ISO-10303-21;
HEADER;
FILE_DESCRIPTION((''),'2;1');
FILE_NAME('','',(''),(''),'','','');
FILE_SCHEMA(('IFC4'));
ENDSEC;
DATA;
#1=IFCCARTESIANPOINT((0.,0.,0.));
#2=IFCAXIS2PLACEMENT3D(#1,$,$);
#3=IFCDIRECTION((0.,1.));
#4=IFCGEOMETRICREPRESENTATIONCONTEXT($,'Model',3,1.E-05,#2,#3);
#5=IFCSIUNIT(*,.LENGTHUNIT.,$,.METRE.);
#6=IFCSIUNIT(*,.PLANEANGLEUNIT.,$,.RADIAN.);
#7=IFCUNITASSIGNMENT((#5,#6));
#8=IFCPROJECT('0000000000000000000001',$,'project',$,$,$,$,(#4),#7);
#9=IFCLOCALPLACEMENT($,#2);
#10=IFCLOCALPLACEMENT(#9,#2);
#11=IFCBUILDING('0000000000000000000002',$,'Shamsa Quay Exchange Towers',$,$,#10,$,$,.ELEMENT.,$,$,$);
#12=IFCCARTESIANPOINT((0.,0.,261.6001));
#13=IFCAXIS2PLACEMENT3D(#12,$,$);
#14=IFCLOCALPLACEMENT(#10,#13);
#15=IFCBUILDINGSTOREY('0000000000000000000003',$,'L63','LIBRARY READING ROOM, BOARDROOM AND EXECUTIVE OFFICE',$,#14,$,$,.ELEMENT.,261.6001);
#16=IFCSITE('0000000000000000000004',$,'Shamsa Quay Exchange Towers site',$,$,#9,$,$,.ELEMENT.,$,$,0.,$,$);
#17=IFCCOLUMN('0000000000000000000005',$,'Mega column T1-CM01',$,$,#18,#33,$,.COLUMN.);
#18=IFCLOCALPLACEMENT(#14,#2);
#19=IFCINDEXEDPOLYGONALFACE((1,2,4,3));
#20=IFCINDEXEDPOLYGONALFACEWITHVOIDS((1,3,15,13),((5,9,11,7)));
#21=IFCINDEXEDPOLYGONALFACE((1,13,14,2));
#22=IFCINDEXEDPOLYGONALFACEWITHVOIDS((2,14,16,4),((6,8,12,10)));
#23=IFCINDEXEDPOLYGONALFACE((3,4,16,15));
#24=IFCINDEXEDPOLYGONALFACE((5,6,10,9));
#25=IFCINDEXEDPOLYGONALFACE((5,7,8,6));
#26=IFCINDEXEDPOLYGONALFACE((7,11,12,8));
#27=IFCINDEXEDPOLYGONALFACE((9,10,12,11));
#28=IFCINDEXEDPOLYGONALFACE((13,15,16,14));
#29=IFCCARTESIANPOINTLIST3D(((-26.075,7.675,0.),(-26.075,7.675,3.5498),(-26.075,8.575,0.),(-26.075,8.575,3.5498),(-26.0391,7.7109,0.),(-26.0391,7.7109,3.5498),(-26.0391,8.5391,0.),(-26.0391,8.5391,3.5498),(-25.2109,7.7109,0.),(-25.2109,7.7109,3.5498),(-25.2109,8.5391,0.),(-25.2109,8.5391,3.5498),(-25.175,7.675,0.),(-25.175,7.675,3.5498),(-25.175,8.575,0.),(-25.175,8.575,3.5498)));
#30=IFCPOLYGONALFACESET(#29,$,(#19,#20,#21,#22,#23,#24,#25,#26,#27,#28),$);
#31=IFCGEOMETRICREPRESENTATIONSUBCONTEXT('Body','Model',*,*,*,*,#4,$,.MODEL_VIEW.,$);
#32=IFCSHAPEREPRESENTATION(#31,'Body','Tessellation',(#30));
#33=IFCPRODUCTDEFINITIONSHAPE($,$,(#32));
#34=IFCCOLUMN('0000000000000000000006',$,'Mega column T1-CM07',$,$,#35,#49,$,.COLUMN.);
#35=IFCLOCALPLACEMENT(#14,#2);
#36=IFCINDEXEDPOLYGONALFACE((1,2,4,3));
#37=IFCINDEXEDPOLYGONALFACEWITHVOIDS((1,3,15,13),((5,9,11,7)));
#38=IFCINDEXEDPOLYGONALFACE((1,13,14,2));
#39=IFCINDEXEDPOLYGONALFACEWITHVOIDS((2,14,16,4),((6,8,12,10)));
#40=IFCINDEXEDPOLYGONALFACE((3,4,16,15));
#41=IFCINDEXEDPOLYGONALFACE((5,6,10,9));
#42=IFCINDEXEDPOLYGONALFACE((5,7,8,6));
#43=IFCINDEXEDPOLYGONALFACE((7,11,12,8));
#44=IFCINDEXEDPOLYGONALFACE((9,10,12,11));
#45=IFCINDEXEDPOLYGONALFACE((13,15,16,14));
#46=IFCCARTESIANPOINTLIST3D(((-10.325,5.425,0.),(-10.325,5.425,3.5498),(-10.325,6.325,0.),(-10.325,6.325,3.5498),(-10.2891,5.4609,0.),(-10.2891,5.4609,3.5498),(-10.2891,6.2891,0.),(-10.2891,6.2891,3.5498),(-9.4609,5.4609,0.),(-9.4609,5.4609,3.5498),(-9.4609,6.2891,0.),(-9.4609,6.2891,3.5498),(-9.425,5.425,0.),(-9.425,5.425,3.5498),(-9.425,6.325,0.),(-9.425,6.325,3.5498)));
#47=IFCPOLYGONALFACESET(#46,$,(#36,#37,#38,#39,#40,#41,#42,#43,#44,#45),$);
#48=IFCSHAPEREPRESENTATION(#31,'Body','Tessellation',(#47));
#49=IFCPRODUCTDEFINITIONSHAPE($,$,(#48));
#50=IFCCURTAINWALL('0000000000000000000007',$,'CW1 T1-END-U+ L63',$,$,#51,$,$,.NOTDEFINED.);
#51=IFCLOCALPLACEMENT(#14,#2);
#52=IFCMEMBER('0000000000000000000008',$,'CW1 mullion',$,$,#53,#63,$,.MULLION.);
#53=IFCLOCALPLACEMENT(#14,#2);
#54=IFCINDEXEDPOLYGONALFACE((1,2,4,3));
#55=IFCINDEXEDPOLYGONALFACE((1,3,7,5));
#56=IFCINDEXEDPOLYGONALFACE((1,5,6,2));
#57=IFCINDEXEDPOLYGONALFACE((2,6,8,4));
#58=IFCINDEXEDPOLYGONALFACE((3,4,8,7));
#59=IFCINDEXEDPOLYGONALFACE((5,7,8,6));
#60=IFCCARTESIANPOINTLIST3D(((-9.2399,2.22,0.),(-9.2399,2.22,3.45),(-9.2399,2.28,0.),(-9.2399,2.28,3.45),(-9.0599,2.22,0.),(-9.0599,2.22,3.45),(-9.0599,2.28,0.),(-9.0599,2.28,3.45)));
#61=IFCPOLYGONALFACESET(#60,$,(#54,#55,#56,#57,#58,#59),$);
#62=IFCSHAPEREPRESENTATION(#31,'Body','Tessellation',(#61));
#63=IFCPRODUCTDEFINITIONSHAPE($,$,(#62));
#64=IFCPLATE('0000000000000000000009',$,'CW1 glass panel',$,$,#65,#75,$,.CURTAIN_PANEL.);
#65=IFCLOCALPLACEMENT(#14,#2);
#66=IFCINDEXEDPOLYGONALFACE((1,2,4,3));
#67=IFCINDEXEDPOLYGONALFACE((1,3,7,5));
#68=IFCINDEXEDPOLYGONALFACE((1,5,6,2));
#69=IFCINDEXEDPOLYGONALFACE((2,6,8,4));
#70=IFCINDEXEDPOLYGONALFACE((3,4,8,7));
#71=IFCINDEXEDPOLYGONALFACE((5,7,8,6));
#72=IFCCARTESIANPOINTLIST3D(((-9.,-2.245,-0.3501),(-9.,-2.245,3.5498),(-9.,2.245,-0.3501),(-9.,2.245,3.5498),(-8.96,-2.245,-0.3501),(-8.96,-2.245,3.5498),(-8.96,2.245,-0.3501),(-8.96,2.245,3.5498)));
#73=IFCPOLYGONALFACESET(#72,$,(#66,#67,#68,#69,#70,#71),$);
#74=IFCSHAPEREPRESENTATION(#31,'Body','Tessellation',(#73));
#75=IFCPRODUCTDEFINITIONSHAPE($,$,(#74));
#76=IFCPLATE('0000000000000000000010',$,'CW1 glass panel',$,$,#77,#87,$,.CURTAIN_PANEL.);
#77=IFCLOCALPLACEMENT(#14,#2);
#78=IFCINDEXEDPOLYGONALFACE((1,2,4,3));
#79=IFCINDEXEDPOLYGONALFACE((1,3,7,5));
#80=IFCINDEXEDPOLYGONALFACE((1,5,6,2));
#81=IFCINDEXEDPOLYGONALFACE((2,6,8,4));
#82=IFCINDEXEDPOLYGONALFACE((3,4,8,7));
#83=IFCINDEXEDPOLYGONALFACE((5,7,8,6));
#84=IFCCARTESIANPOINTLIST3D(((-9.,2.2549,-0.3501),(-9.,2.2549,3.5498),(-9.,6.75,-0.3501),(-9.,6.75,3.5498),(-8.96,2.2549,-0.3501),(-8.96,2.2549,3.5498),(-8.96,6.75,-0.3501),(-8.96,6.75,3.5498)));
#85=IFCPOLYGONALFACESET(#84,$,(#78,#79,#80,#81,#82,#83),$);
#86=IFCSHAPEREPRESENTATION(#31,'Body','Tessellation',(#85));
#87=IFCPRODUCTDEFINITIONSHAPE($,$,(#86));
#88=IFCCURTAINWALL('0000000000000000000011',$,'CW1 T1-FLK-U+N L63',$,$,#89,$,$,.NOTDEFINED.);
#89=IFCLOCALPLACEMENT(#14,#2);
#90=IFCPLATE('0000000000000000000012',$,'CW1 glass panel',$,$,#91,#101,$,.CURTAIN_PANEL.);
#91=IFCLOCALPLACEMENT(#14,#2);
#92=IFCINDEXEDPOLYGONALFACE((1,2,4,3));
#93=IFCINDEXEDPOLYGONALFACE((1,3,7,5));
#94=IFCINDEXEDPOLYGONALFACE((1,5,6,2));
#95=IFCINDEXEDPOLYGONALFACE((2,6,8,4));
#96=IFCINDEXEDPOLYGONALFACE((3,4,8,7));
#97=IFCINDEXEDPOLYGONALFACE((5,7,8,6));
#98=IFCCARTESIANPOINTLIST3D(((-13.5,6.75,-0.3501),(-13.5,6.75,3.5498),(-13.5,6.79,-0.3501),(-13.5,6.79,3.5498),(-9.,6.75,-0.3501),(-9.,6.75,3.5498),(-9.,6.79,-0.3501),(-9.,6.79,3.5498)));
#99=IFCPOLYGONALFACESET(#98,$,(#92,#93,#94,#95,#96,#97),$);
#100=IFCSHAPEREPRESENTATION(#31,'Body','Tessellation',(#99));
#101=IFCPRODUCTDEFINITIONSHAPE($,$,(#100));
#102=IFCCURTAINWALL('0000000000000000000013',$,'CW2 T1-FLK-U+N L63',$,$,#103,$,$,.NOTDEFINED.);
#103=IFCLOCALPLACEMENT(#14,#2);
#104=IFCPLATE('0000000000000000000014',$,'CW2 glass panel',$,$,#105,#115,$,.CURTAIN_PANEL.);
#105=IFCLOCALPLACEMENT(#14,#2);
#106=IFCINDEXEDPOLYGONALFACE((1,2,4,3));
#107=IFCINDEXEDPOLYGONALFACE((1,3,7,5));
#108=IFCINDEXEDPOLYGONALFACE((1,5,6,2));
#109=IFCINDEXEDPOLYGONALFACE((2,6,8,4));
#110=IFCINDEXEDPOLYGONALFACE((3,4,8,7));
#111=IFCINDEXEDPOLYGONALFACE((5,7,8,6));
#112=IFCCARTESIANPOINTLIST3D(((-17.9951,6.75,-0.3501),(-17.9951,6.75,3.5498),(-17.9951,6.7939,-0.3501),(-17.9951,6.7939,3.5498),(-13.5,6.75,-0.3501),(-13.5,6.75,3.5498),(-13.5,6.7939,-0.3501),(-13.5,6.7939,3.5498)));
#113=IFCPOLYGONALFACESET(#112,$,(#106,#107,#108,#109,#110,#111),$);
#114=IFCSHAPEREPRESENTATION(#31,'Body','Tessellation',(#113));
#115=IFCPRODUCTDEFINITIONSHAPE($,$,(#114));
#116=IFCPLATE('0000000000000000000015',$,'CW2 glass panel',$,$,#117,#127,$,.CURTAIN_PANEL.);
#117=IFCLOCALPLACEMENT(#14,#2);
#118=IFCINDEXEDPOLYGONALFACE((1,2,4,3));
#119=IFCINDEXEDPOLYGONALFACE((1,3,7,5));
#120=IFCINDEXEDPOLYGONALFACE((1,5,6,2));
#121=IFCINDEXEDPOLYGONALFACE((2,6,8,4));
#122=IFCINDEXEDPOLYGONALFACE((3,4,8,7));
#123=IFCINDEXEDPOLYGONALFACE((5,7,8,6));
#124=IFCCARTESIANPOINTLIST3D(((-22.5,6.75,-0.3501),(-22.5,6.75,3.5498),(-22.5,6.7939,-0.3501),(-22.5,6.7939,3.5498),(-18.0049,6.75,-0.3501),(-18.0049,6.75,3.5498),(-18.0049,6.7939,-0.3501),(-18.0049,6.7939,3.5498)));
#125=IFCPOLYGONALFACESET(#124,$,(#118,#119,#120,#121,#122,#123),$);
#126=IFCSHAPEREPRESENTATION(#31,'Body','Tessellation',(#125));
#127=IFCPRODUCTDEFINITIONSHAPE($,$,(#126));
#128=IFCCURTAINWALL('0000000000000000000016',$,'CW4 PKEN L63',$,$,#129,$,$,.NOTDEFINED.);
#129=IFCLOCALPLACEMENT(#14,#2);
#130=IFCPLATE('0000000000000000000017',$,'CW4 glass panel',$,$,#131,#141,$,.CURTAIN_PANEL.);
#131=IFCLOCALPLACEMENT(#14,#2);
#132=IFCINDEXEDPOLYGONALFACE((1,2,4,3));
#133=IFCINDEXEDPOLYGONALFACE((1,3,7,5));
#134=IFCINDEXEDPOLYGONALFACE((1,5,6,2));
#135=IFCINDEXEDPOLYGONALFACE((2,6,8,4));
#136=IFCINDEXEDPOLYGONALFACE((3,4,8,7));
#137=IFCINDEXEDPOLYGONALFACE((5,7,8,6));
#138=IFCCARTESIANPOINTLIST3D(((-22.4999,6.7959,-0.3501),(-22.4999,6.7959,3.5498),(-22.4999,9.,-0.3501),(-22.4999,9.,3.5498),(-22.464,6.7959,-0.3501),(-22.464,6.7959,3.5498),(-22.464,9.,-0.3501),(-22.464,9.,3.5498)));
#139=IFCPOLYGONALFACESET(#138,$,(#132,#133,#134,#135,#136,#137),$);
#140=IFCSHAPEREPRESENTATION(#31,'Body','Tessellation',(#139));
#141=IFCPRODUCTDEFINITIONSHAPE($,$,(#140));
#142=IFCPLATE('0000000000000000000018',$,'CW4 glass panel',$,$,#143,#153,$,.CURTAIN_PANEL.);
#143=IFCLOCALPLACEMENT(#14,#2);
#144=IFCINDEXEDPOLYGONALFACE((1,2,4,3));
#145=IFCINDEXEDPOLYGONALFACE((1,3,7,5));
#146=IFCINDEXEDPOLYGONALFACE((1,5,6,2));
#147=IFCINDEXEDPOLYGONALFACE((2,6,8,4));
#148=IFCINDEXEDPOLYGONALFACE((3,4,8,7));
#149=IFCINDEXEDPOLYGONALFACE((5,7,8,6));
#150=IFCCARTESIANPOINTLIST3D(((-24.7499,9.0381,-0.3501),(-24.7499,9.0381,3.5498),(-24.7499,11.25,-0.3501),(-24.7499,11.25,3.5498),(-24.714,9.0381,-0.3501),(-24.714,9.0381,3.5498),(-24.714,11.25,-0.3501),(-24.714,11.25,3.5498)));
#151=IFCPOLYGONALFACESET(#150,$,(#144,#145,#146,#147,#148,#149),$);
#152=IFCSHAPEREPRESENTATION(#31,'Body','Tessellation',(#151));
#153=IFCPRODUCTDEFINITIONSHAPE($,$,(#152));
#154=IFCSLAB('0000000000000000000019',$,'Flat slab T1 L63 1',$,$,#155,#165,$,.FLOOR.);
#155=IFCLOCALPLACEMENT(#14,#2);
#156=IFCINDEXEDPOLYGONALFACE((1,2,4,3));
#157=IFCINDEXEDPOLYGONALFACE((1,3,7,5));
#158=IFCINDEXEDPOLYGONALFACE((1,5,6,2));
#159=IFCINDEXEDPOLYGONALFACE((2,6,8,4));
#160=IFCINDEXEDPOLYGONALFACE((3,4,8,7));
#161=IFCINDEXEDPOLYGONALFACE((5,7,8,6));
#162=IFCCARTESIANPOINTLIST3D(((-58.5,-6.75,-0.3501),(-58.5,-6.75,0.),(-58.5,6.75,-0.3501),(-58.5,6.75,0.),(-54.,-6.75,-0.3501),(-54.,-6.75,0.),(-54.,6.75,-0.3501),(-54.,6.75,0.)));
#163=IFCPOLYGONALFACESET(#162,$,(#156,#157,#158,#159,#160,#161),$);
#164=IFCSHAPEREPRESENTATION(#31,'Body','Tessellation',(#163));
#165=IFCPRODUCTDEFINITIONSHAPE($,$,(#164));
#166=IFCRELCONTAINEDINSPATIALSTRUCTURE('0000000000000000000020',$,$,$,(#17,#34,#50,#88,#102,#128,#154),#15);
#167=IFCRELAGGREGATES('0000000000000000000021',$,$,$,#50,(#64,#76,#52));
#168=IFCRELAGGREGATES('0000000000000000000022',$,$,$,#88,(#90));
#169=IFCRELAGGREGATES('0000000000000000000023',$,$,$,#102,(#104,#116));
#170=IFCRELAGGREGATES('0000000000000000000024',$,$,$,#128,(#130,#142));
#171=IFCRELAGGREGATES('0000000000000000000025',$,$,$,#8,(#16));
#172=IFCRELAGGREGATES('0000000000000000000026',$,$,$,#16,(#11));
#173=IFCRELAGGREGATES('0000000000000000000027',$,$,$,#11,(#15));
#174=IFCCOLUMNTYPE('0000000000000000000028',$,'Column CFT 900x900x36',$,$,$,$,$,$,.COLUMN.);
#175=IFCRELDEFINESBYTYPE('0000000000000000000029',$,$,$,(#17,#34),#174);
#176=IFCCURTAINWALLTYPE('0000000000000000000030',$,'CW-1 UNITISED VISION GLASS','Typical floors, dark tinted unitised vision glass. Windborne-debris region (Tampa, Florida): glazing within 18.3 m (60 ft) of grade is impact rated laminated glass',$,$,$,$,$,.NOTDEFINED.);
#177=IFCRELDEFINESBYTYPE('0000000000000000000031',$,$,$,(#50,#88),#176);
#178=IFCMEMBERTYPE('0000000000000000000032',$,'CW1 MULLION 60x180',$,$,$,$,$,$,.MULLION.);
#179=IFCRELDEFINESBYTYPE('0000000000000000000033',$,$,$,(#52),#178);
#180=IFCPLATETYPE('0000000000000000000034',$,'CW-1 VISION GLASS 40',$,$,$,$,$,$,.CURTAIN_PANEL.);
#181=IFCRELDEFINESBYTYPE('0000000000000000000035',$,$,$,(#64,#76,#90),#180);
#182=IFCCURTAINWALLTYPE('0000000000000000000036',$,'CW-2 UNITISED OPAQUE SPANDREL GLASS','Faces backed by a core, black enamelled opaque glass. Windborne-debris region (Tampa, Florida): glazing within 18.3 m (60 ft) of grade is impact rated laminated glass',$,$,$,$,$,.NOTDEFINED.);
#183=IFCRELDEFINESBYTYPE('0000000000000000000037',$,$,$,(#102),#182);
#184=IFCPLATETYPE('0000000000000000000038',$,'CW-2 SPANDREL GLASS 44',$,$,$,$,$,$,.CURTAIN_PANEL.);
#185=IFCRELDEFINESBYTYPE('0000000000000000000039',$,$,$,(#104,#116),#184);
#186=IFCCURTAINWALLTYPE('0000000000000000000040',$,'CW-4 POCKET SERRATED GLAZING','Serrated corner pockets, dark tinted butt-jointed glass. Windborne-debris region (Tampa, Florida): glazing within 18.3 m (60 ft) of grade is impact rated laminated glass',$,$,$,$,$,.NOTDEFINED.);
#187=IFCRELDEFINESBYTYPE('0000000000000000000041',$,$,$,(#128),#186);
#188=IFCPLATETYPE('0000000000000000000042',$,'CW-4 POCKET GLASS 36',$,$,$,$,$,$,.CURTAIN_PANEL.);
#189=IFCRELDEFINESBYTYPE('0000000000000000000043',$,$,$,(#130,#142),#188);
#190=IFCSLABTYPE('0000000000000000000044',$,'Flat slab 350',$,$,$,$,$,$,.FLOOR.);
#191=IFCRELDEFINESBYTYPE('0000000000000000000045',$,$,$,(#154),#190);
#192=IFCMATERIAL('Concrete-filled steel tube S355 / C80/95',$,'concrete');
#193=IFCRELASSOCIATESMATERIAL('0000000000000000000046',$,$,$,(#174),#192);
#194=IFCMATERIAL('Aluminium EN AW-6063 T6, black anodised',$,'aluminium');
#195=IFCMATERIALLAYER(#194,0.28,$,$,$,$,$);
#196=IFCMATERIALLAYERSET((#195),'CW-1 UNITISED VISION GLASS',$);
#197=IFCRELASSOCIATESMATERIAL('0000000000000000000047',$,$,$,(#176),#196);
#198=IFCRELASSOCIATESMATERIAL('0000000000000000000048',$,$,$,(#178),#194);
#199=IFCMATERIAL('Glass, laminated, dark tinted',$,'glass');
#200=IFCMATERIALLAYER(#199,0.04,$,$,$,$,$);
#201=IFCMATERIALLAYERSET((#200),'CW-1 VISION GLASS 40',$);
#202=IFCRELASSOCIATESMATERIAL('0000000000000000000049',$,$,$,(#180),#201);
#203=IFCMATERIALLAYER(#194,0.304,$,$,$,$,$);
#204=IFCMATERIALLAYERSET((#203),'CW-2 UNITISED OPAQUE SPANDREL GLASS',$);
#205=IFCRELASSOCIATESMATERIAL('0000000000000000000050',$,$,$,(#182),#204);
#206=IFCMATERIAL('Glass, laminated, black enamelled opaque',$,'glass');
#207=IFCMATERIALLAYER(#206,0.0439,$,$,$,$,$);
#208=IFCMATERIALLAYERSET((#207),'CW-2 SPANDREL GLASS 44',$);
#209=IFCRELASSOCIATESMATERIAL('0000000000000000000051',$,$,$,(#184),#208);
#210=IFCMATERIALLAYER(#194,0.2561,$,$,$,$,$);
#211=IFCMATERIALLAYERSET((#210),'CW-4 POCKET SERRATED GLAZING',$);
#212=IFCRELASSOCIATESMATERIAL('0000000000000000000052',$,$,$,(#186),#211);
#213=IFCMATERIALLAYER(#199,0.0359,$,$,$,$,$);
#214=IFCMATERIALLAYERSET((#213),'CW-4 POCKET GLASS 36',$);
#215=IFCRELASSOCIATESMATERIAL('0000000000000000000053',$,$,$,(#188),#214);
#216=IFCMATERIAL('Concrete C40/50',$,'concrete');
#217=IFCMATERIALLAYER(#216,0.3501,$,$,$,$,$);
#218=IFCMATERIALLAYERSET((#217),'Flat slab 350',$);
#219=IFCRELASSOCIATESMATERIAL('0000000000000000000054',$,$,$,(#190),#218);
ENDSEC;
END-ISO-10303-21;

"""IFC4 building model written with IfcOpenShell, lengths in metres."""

from ifc_helpers import new_model, si_unit, direction, frame, origin, origin_2d, place, context, subcontext, project, spatial, polyline, rectangle, hollow_rectangle, outline, extrude, material, layer, layer_set, material_profile, profile_set, type_object, element, aggregate, save


model = new_model("IFC4")

# Units and contexts
model_context = context("Model", 3, precision=1e-05, world=origin(), true_north=direction((0.0, 1.0)))
body_context = subcontext(model_context, "Body", "Model", "MODEL_VIEW")
ifc_project = project(units=[si_unit("LENGTHUNIT", "METRE"), si_unit("PLANEANGLEUNIT", "RADIAN")], contexts=[model_context])

# Site, building, storey
site_placement = place(None, origin())
site = spatial("IfcSite", under=ifc_project, at=site_placement, Name="Shamsa Quay Exchange Towers site", CompositionType="ELEMENT", RefElevation=0.0)
building_placement = place(site_placement, origin())
building = spatial("IfcBuilding", under=site, at=building_placement, Name="Shamsa Quay Exchange Towers", CompositionType="ELEMENT")
storey_placement = place(building_placement, frame((0.0, 0.0, 261.6001)))
storey = spatial("IfcBuildingStorey", under=building, at=storey_placement, Name="L63", Description="LIBRARY READING ROOM, BOARDROOM AND EXECUTIVE OFFICE", CompositionType="ELEMENT", Elevation=261.6001)

# Columns
ifc_material_1 = material(Name="Concrete-filled steel tube S355 / C80/95", Category="concrete")
ifc_material_profile_1 = material_profile(ifc_material_1, hollow_rectangle(XDim=0.8999, YDim=0.8999, WallThickness=0.0359, at=origin_2d()), Name="CFT 900x900x36")
ifc_profile_set_1 = profile_set([ifc_material_profile_1], Name="Concrete-filled steel tube S355 / C80/95")
column_type = type_object("IfcColumnType", Name="Column CFT 900x900x36", PredefinedType="COLUMN", material=ifc_profile_set_1)
for number, where, name in (
    (1, (-25.625, 8.125, 0.0), "Mega column T1-CM01"),
    (2, (-9.875, 5.875, 0.0), "Mega column T1-CM07"),
):
    element("IfcColumn", number, at=place(storey_placement, frame(where)), inside=storey, type_object=column_type, Name=name, PredefinedType="COLUMN", context=body_context, shape_type="SweptSolid", body=[
        extrude(hollow_rectangle(XDim=0.8999, YDim=0.8999, WallThickness=0.0359, at=origin_2d()), origin(), (0.0, 0.0, 1.0), 3.5498),
    ])

# Curtain wall, member, plates
ifc_material_2 = material(Name="Aluminium EN AW-6063 T6, black anodised", Category="aluminium")
ifc_layer_1 = layer(ifc_material_2, 0.28)
ifc_layer_set_1 = layer_set([ifc_layer_1], Name="CW-1 UNITISED VISION GLASS")
curtain_wall_type_1 = type_object("IfcCurtainWallType", Name="CW-1 UNITISED VISION GLASS", Description="Typical floors, dark tinted unitised vision glass. Windborne-debris region (Tampa, Florida): glazing within 18.3 m (60 ft) of grade is impact rated laminated glass", PredefinedType="NOTDEFINED", material=ifc_layer_set_1)
curtain_wall_1_placement = place(storey_placement, origin())
curtain_wall_1 = element("IfcCurtainWall", 3, at=curtain_wall_1_placement, inside=storey, type_object=curtain_wall_type_1, Name="CW1 T1-END-U+ L63", PredefinedType="NOTDEFINED")
ifc_material_profile_2 = material_profile(ifc_material_2, rectangle(XDim=0.1799, YDim=0.0601, at=origin_2d()), Name="MU60x180")
ifc_profile_set_2 = profile_set([ifc_material_profile_2], Name="Aluminium EN AW-6063 T6, black anodised")
member_type = type_object("IfcMemberType", Name="CW1 MULLION 60x180", PredefinedType="MULLION", material=ifc_profile_set_2)
member_placement = place(storey_placement, frame((-9.1499, 2.25, 0.0), z_axis=(0.0, 0.0, 1.0), x_axis=(-1.0, 0.0, 0.0)))
member = element("IfcMember", 4, at=member_placement, type_object=member_type, Name="CW1 mullion", PredefinedType="MULLION", context=body_context, shape_type="SweptSolid", body=[
    extrude(rectangle(XDim=0.1799, YDim=0.0601, at=origin_2d()), origin(), (0.0, 0.0, 1.0), 3.45),
])
ifc_material_3 = material(Name="Glass, laminated, dark tinted", Category="glass")
ifc_layer_2 = layer(ifc_material_3, 0.04)
ifc_layer_set_2 = layer_set([ifc_layer_2], Name="CW-1 VISION GLASS 40")
plate_type_1 = type_object("IfcPlateType", Name="CW-1 VISION GLASS 40", PredefinedType="CURTAIN_PANEL", material=ifc_layer_set_2)
plate_1_placement = place(storey_placement, frame((-8.98, 0.0, -0.3501), z_axis=(0.0, 0.0, 1.0), x_axis=(0.0, 1.0, 0.0)))
plate_1 = element("IfcPlate", 5, at=plate_1_placement, type_object=plate_type_1, Name="CW1 glass panel", PredefinedType="CURTAIN_PANEL", context=body_context, shape_type="SweptSolid", body=[
    extrude(rectangle(XDim=4.49, YDim=0.04, at=origin_2d()), origin(), (0.0, 0.0, 1.0), 3.8999),
])
plate_2_placement = place(storey_placement, frame((-8.98, 4.5024, -0.3501), z_axis=(0.0, 0.0, 1.0), x_axis=(0.0, 1.0, 0.0)))
plate_2 = element("IfcPlate", 6, at=plate_2_placement, type_object=plate_type_1, Name="CW1 glass panel", PredefinedType="CURTAIN_PANEL", context=body_context, shape_type="SweptSolid", body=[
    extrude(rectangle(XDim=4.4951, YDim=0.04, at=origin_2d()), origin(), (0.0, 0.0, 1.0), 3.8999),
])
aggregate(curtain_wall_1, [plate_1, plate_2, member])

# Curtain wall, plate
curtain_wall_2_placement = place(storey_placement, origin())
curtain_wall_2 = element("IfcCurtainWall", 7, at=curtain_wall_2_placement, inside=storey, type_object=curtain_wall_type_1, Name="CW1 T1-FLK-U+N L63", PredefinedType="NOTDEFINED")
plate_3_placement = place(storey_placement, frame((-11.25, 6.77, -0.3501), z_axis=(0.0, 0.0, 1.0), x_axis=(-1.0, 0.0, 0.0)))
plate_3 = element("IfcPlate", 8, at=plate_3_placement, type_object=plate_type_1, Name="CW1 glass panel", PredefinedType="CURTAIN_PANEL", context=body_context, shape_type="SweptSolid", body=[
    extrude(rectangle(XDim=4.5, YDim=0.04, at=origin_2d()), origin(), (0.0, 0.0, 1.0), 3.8999),
])
aggregate(curtain_wall_2, [plate_3])

# Curtain walls, plates
ifc_layer_3 = layer(ifc_material_2, 0.304)
ifc_layer_set_3 = layer_set([ifc_layer_3], Name="CW-2 UNITISED OPAQUE SPANDREL GLASS")
curtain_wall_type_2 = type_object("IfcCurtainWallType", Name="CW-2 UNITISED OPAQUE SPANDREL GLASS", Description="Faces backed by a core, black enamelled opaque glass. Windborne-debris region (Tampa, Florida): glazing within 18.3 m (60 ft) of grade is impact rated laminated glass", PredefinedType="NOTDEFINED", material=ifc_layer_set_3)
curtain_wall_3_placement = place(storey_placement, origin())
curtain_wall_3 = element("IfcCurtainWall", 9, at=curtain_wall_3_placement, inside=storey, type_object=curtain_wall_type_2, Name="CW2 T1-FLK-U+N L63", PredefinedType="NOTDEFINED")
ifc_material_4 = material(Name="Glass, laminated, black enamelled opaque", Category="glass")
ifc_layer_4 = layer(ifc_material_4, 0.0439)
ifc_layer_set_4 = layer_set([ifc_layer_4], Name="CW-2 SPANDREL GLASS 44")
plate_type_2 = type_object("IfcPlateType", Name="CW-2 SPANDREL GLASS 44", PredefinedType="CURTAIN_PANEL", material=ifc_layer_set_4)
plate_4_placement = place(storey_placement, frame((-15.7476, 6.772, -0.3501), z_axis=(0.0, 0.0, 1.0), x_axis=(-1.0, 0.0, 0.0)))
plate_4 = element("IfcPlate", 10, at=plate_4_placement, type_object=plate_type_2, Name="CW2 glass panel", PredefinedType="CURTAIN_PANEL", context=body_context, shape_type="SweptSolid", body=[
    extrude(rectangle(XDim=4.4951, YDim=0.0439, at=origin_2d()), origin(), (0.0, 0.0, 1.0), 3.8999),
])
plate_5_placement = place(storey_placement, frame((-20.2524, 6.772, -0.3501), z_axis=(0.0, 0.0, 1.0), x_axis=(-1.0, 0.0, 0.0)))
plate_5 = element("IfcPlate", 11, at=plate_5_placement, type_object=plate_type_2, Name="CW2 glass panel", PredefinedType="CURTAIN_PANEL", context=body_context, shape_type="SweptSolid", body=[
    extrude(rectangle(XDim=4.4951, YDim=0.0439, at=origin_2d()), origin(), (0.0, 0.0, 1.0), 3.8999),
])
aggregate(curtain_wall_3, [plate_4, plate_5])
ifc_layer_5 = layer(ifc_material_2, 0.2561)
ifc_layer_set_5 = layer_set([ifc_layer_5], Name="CW-4 POCKET SERRATED GLAZING")
curtain_wall_type_3 = type_object("IfcCurtainWallType", Name="CW-4 POCKET SERRATED GLAZING", Description="Serrated corner pockets, dark tinted butt-jointed glass. Windborne-debris region (Tampa, Florida): glazing within 18.3 m (60 ft) of grade is impact rated laminated glass", PredefinedType="NOTDEFINED", material=ifc_layer_set_5)
curtain_wall_4_placement = place(storey_placement, origin())
curtain_wall_4 = element("IfcCurtainWall", 12, at=curtain_wall_4_placement, inside=storey, type_object=curtain_wall_type_3, Name="CW4 PKEN L63", PredefinedType="NOTDEFINED")
ifc_layer_6 = layer(ifc_material_3, 0.0359)
ifc_layer_set_6 = layer_set([ifc_layer_6], Name="CW-4 POCKET GLASS 36")
plate_type_3 = type_object("IfcPlateType", Name="CW-4 POCKET GLASS 36", PredefinedType="CURTAIN_PANEL", material=ifc_layer_set_6)
plate_6_placement = place(storey_placement, frame((-22.4819, 7.8979, -0.3501), z_axis=(0.0, 0.0, 1.0), x_axis=(0.0, 1.0, 0.0)))
plate_6 = element("IfcPlate", 13, at=plate_6_placement, type_object=plate_type_3, Name="CW4 glass panel", PredefinedType="CURTAIN_PANEL", context=body_context, shape_type="SweptSolid", body=[
    extrude(rectangle(XDim=2.2041, YDim=0.0359, at=origin_2d()), origin(), (0.0, 0.0, 1.0), 3.8999),
])
plate_7_placement = place(storey_placement, frame((-24.7319, 10.144, -0.3501), z_axis=(0.0, 0.0, 1.0), x_axis=(0.0, 1.0, 0.0)))
plate_7 = element("IfcPlate", 14, at=plate_7_placement, type_object=plate_type_3, Name="CW4 glass panel", PredefinedType="CURTAIN_PANEL", context=body_context, shape_type="SweptSolid", body=[
    extrude(rectangle(XDim=2.2119, YDim=0.0359, at=origin_2d()), origin(), (0.0, 0.0, 1.0), 3.8999),
])
aggregate(curtain_wall_4, [plate_6, plate_7])

# Slab
ifc_material_5 = material(Name="Concrete C40/50", Category="concrete")
ifc_layer_7 = layer(ifc_material_5, 0.3501)
ifc_layer_set_7 = layer_set([ifc_layer_7], Name="Flat slab 350")
slab_type = type_object("IfcSlabType", Name="Flat slab 350", PredefinedType="FLOOR", material=ifc_layer_set_7)
slab_placement = place(storey_placement, frame((0.0, 0.0, -0.3501)))
element("IfcSlab", 15, at=slab_placement, inside=storey, type_object=slab_type, Name="Flat slab T1 L63 1", PredefinedType="FLOOR", context=body_context, shape_type="SweptSolid", body=[
    extrude(outline(polyline([(-58.5, -6.75), (-54.0, -6.75), (-54.0, 6.75), (-58.5, 6.75), (-58.5, -6.75)])), origin(), (0.0, 0.0, 1.0), 0.3501),
])

save(model, "model.ifc")
